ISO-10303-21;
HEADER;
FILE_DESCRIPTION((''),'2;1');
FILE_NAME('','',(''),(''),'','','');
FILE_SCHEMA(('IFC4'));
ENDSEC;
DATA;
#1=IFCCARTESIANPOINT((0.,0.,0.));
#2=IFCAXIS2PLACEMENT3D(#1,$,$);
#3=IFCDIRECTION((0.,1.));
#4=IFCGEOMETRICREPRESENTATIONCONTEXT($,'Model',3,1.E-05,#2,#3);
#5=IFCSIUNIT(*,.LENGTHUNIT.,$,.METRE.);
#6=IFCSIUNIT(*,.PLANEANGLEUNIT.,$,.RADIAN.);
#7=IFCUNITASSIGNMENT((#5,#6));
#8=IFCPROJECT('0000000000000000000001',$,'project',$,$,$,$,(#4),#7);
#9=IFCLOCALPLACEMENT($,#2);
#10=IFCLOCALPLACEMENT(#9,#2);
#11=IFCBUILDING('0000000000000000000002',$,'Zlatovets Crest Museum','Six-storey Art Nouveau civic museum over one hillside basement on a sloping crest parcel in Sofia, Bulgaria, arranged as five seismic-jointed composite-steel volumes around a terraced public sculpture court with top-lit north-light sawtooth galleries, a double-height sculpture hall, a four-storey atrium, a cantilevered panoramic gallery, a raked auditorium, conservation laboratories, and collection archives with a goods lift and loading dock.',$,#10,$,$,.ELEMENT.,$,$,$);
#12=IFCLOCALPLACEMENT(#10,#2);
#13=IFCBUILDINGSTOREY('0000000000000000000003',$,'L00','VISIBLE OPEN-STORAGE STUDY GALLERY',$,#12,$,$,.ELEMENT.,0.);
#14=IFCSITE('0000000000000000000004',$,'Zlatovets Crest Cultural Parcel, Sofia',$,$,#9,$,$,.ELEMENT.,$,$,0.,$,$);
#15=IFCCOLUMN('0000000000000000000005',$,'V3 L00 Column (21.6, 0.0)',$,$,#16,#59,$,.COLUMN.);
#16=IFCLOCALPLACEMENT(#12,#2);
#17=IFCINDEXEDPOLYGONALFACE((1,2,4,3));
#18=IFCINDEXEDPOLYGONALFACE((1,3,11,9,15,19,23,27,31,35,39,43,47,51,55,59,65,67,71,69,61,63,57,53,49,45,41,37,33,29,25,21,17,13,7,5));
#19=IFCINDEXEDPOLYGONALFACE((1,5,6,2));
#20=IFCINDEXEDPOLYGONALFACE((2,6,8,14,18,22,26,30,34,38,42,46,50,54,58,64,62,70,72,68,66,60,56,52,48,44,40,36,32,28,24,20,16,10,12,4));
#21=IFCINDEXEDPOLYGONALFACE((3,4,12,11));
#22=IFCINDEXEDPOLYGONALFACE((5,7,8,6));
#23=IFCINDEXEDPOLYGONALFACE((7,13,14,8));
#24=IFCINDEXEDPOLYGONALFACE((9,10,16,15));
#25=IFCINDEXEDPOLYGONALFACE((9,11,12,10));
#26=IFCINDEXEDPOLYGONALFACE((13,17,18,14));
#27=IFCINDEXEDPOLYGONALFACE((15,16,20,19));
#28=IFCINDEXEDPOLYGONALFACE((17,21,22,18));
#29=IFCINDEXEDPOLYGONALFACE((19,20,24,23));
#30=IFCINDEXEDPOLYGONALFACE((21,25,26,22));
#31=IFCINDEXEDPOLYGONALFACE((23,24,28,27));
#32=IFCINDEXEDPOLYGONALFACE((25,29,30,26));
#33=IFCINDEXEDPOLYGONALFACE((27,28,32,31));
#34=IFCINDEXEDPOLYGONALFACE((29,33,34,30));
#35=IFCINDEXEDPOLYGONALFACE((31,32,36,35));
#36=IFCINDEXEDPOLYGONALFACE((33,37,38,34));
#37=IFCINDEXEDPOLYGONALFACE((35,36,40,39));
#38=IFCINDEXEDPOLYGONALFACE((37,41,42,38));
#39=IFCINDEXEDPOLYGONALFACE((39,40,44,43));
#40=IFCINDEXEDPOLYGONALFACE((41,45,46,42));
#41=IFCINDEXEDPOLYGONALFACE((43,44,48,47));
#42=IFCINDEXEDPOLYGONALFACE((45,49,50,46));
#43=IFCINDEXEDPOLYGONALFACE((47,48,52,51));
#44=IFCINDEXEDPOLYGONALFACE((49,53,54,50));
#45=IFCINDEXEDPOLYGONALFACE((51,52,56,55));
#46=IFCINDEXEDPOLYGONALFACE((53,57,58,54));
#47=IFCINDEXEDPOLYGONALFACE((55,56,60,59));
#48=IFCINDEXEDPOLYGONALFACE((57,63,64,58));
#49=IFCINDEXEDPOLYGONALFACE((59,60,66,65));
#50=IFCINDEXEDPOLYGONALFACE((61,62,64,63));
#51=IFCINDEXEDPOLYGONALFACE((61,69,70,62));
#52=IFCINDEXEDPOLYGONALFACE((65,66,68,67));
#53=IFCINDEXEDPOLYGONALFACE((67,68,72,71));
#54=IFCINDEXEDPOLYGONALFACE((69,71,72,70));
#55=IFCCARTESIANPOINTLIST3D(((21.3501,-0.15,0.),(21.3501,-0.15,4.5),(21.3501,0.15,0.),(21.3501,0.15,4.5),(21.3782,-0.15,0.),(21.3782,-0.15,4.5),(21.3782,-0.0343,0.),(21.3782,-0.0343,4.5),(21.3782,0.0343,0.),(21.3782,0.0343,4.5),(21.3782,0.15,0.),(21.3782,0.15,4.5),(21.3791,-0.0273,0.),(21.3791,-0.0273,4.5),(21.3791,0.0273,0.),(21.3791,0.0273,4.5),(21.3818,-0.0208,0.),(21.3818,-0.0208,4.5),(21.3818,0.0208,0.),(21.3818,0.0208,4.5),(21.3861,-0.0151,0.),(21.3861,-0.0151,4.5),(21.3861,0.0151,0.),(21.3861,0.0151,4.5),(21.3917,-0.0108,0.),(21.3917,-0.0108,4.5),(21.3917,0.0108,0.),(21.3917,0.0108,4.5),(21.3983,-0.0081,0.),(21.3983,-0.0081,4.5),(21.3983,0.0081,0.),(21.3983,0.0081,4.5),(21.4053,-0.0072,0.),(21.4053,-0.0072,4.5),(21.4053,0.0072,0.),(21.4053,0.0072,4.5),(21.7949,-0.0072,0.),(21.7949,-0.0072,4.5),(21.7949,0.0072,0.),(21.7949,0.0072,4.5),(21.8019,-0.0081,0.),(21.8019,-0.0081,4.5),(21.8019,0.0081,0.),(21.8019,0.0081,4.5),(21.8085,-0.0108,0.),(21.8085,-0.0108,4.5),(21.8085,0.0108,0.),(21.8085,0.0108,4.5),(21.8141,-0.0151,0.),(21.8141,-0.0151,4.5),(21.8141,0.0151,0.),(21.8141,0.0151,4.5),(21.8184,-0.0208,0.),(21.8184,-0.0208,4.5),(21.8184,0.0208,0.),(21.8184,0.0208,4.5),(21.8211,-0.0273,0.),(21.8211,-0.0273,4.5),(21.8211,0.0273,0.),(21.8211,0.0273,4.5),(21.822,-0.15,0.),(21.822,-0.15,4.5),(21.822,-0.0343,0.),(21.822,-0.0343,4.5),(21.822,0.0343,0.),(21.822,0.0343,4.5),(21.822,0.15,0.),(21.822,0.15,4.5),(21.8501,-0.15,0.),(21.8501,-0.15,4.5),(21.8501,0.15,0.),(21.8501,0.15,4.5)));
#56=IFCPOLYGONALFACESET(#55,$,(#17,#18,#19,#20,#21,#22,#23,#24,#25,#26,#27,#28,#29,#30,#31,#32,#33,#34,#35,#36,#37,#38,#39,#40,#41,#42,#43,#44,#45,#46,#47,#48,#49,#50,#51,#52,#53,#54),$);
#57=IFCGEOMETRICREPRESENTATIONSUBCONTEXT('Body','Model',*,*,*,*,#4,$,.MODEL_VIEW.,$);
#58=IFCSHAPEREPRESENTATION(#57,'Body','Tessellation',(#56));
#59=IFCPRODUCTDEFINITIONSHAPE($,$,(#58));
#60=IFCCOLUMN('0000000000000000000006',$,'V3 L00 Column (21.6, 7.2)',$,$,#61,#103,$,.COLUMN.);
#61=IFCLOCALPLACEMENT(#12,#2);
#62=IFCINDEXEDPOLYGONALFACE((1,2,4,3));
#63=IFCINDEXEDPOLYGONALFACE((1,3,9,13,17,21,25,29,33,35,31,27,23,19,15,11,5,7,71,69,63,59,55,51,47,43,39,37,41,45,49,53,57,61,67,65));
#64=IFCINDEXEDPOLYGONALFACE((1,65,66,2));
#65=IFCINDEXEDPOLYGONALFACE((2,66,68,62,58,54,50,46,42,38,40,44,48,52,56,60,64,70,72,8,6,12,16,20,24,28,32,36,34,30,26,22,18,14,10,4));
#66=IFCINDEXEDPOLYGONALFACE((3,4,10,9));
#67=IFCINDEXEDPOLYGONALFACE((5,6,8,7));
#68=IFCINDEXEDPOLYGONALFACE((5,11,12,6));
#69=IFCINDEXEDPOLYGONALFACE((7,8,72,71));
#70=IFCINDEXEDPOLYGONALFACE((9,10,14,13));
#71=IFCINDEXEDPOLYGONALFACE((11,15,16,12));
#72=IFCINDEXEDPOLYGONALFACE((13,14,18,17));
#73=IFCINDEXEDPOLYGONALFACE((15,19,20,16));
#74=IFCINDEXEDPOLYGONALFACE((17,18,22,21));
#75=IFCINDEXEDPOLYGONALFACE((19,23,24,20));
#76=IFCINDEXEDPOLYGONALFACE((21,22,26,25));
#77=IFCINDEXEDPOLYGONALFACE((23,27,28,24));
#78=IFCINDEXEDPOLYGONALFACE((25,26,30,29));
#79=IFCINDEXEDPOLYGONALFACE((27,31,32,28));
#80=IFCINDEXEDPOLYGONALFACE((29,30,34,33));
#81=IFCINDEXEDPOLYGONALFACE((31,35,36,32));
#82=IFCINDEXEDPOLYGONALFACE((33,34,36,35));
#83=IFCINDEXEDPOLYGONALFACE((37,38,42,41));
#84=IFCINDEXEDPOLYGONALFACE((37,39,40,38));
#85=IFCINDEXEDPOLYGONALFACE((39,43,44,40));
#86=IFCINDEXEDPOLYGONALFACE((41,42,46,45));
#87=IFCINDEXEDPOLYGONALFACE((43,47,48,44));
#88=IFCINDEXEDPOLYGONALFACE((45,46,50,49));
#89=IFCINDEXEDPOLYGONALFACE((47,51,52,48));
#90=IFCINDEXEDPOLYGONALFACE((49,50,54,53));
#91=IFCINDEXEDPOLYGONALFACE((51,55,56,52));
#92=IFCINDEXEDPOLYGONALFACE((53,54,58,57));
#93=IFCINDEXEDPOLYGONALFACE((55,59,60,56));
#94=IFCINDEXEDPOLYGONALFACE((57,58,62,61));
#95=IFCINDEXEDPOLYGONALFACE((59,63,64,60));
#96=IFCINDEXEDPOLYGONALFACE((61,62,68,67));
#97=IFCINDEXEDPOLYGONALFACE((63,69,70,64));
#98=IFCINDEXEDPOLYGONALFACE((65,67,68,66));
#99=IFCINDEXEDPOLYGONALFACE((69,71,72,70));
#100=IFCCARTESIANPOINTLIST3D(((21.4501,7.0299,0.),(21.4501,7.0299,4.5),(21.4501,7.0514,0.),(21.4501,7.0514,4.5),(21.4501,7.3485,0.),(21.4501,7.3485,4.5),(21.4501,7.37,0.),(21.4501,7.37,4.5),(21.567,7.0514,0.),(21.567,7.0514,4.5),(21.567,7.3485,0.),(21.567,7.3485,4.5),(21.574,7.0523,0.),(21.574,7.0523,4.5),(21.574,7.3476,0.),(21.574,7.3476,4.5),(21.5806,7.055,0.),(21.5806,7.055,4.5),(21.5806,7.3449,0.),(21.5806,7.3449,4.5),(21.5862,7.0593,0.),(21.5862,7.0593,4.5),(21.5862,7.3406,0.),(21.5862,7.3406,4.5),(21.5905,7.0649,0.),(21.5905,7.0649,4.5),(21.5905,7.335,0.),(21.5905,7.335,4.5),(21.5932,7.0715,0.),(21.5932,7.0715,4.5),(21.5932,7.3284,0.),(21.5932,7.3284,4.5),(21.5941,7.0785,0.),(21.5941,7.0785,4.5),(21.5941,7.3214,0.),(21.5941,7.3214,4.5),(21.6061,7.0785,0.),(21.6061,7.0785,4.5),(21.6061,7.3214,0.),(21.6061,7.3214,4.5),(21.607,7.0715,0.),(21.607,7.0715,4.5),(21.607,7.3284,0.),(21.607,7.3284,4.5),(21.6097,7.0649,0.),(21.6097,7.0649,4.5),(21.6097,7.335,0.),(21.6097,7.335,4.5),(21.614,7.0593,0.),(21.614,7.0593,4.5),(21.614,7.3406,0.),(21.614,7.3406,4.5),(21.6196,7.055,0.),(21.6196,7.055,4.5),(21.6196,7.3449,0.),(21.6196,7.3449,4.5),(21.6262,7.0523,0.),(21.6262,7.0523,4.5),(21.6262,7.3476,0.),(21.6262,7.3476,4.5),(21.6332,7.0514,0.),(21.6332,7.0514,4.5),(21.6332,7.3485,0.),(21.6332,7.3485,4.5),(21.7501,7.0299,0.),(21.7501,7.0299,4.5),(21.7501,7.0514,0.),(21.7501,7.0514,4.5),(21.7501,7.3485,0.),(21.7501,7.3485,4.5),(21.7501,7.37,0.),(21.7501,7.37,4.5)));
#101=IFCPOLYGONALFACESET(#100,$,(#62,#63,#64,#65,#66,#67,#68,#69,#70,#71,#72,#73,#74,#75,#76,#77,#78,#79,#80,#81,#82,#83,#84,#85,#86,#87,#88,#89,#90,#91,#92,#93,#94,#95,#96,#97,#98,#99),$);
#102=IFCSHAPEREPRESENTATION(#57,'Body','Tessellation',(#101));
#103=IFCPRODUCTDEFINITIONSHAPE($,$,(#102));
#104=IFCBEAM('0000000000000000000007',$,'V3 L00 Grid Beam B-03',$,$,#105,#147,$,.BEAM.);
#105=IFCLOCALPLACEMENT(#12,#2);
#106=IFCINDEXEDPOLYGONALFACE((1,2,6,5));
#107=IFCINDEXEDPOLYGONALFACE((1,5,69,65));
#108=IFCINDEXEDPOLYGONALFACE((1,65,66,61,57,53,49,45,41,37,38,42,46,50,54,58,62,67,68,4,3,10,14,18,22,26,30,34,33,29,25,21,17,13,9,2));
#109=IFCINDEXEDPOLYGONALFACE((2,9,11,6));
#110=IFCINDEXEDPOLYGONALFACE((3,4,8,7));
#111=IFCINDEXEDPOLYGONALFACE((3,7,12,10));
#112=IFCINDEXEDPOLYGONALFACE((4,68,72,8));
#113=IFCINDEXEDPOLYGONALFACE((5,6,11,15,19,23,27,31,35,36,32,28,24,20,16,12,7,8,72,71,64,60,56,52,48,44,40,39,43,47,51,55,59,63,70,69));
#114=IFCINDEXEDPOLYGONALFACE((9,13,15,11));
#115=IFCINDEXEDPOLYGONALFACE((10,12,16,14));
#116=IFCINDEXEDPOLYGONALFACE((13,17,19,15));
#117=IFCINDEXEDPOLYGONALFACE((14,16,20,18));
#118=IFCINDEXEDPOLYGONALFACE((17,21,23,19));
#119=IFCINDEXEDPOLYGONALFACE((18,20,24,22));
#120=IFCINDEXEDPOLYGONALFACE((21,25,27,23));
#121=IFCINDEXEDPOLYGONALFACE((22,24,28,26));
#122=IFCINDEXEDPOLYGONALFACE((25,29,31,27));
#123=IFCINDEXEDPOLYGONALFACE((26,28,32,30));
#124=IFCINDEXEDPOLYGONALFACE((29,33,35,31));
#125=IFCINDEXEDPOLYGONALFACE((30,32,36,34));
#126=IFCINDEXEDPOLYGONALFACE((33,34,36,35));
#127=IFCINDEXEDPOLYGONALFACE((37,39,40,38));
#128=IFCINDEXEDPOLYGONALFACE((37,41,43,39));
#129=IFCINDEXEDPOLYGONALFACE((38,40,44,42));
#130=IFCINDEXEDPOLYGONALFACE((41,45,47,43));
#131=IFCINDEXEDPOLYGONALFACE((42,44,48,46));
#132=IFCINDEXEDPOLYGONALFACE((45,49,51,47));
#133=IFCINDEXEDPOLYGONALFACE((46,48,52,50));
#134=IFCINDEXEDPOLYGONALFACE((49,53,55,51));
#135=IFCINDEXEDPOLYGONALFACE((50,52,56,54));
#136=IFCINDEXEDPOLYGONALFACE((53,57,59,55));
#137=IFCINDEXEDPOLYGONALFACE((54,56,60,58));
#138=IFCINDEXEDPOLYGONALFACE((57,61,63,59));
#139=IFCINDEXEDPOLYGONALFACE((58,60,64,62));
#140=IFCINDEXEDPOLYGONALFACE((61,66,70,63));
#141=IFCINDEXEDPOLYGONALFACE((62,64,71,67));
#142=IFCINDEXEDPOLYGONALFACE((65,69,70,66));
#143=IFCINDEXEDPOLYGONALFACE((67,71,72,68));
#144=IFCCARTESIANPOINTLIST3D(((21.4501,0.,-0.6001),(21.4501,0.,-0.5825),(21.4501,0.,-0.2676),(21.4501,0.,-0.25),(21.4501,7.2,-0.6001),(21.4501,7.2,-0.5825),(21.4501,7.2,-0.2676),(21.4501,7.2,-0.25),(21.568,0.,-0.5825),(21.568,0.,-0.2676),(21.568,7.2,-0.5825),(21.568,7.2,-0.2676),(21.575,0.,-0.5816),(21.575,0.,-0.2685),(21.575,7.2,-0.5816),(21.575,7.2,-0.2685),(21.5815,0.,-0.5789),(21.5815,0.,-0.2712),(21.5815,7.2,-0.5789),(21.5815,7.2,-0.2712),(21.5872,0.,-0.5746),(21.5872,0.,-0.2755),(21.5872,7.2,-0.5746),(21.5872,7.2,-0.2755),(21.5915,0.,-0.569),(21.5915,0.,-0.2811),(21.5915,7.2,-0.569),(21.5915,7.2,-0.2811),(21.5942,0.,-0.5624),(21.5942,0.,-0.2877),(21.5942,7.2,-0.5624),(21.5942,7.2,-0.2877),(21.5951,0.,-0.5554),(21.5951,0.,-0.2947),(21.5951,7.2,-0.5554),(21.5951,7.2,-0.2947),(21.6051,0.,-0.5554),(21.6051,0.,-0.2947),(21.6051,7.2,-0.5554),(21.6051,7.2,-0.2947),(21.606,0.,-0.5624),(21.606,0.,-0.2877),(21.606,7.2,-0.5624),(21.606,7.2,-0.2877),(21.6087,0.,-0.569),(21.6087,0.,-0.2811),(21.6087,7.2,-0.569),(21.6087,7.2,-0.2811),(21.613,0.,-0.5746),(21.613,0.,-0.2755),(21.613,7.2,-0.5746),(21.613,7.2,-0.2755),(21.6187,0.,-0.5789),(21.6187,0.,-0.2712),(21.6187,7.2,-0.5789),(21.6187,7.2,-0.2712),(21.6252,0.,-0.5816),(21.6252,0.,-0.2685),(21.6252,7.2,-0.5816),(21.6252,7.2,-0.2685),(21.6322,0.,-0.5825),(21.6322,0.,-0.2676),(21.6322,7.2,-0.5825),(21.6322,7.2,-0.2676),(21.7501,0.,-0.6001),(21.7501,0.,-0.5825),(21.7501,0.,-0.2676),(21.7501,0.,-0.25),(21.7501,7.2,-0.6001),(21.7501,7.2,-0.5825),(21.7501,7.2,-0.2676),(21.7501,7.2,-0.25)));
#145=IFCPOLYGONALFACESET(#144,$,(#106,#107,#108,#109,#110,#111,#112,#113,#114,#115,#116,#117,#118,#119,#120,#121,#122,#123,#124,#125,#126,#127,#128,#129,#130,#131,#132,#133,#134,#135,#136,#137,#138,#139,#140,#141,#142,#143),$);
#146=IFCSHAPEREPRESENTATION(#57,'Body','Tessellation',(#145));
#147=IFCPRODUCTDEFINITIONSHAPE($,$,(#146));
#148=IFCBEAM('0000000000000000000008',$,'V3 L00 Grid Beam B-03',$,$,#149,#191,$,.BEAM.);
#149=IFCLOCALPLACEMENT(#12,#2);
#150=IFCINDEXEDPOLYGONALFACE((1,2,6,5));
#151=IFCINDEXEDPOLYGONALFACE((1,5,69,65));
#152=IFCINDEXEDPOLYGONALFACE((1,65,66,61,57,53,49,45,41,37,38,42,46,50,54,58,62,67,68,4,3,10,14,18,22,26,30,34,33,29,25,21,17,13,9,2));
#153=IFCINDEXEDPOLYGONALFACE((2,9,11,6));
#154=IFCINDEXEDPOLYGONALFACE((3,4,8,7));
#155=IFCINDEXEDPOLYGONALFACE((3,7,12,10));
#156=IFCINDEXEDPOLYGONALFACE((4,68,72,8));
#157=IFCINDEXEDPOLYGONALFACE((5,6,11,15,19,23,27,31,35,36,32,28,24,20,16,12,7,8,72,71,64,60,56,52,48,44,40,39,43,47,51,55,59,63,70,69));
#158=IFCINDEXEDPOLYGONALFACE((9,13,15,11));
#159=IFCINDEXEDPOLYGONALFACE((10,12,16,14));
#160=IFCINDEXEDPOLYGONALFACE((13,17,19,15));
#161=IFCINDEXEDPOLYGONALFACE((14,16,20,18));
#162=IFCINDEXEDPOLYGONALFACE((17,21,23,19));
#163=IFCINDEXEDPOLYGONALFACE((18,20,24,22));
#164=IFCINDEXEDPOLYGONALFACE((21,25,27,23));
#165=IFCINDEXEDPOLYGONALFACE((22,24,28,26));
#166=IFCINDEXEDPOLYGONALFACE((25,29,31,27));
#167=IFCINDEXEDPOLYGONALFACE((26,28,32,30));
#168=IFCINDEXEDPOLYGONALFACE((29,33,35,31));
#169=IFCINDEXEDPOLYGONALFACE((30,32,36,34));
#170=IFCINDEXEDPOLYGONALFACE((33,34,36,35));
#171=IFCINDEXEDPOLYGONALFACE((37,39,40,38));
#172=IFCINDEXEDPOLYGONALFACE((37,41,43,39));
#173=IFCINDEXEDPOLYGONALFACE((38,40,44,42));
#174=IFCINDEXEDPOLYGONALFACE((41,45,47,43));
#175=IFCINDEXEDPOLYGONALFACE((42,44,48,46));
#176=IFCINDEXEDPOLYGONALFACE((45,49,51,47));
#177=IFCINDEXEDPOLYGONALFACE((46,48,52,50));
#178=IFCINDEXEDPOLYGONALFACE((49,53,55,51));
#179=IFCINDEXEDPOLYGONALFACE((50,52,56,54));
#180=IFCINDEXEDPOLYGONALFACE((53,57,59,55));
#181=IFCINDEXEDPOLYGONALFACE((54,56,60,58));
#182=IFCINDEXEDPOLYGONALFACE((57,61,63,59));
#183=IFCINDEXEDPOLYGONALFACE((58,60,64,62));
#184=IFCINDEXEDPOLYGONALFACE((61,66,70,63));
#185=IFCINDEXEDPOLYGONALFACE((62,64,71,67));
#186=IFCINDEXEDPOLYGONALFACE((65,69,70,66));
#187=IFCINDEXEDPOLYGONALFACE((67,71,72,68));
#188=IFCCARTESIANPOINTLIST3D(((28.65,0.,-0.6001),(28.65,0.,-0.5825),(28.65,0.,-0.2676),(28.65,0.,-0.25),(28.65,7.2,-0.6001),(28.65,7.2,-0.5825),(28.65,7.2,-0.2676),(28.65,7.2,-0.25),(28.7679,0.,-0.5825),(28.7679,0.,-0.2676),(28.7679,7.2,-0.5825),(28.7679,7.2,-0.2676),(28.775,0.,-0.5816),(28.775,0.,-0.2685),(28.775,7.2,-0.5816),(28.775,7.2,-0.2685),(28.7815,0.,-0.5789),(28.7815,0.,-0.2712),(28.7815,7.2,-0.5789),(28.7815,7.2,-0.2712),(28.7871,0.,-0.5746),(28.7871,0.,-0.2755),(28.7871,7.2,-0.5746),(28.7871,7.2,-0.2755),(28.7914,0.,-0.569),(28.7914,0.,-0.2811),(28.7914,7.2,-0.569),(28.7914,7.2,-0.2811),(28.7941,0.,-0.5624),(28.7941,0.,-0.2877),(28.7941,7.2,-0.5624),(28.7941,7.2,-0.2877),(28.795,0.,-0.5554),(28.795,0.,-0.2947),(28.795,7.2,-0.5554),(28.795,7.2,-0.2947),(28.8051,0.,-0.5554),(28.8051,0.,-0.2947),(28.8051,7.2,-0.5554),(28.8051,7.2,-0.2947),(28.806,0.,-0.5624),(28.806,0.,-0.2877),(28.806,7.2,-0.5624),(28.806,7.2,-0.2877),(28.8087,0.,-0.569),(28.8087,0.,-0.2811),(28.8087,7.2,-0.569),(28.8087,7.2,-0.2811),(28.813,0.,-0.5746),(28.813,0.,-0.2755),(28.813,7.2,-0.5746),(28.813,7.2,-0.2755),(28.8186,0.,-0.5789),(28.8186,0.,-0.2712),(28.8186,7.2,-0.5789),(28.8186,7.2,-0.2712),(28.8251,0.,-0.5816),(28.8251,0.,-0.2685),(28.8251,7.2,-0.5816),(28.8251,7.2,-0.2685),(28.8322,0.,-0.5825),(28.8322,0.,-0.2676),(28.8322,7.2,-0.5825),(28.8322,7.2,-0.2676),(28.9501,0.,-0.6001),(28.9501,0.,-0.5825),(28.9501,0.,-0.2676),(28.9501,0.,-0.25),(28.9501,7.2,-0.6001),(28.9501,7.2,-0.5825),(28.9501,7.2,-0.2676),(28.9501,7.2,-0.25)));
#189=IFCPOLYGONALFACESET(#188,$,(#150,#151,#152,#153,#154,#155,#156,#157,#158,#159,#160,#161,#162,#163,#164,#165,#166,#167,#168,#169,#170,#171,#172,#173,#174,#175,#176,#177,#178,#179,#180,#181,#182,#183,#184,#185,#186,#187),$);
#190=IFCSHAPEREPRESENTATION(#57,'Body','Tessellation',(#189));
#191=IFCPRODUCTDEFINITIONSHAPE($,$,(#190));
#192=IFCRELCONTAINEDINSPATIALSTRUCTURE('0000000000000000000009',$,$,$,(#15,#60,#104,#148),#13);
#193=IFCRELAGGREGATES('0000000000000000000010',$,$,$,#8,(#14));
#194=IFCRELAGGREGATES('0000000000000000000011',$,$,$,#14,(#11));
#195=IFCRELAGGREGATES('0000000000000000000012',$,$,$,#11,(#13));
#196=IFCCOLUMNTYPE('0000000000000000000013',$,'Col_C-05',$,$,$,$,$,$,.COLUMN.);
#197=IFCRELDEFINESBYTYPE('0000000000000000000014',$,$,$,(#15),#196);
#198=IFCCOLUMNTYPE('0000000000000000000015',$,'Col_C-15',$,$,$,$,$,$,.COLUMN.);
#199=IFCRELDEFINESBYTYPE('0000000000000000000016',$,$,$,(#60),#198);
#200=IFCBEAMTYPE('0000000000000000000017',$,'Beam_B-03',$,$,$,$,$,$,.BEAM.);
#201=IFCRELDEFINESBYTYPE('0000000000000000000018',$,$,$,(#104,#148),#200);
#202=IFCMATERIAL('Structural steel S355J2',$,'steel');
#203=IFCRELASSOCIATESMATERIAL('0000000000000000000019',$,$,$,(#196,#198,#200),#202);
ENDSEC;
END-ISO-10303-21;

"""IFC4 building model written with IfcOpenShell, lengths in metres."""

from ifc_helpers import new_model, si_unit, direction, frame, origin, origin_2d, place, context, subcontext, project, spatial, i_section, extrude, material, material_profile, profile_set, type_object, element, save


model = new_model("IFC4")

# Units and contexts
model_context = context("Model", 3, precision=1e-05, world=origin(), true_north=direction((0.0, 1.0)))
body_context = subcontext(model_context, "Body", "Model", "MODEL_VIEW")
ifc_project = project(units=[si_unit("LENGTHUNIT", "METRE"), si_unit("PLANEANGLEUNIT", "RADIAN")], contexts=[model_context])

# Site, building, storey
site_placement = place(None, origin())
site = spatial("IfcSite", under=ifc_project, at=site_placement, Name="Zlatovets Crest Cultural Parcel, Sofia", CompositionType="ELEMENT", RefElevation=0.0)
building_placement = place(site_placement, origin())
building = spatial("IfcBuilding", under=site, at=building_placement, Name="Zlatovets Crest Museum", Description="Six-storey Art Nouveau civic museum over one hillside basement on a sloping crest parcel in Sofia, Bulgaria, arranged as five seismic-jointed composite-steel volumes around a terraced public sculpture court with top-lit north-light sawtooth galleries, a double-height sculpture hall, a four-storey atrium, a cantilevered panoramic gallery, a raked auditorium, conservation laboratories, and collection archives with a goods lift and loading dock.", CompositionType="ELEMENT")
storey_placement = place(building_placement, origin())
storey = spatial("IfcBuildingStorey", under=building, at=storey_placement, Name="L00", Description="VISIBLE OPEN-STORAGE STUDY GALLERY", CompositionType="ELEMENT", Elevation=0.0)

# Columns
ifc_material_1 = material(Name="Structural steel S355J2", Category="steel")
ifc_material_profile_1 = material_profile(ifc_material_1, i_section(OverallWidth=0.3, OverallDepth=0.5, WebThickness=0.0144, FlangeThickness=0.0281, FilletRadius=0.0271, at=origin_2d()), Name="HEB 500")
ifc_profile_set_1 = profile_set([ifc_material_profile_1], Name="Structural steel S355J2")
column_type_1 = type_object("IfcColumnType", Name="Col_C-05", PredefinedType="COLUMN", material=ifc_profile_set_1)
column_1_placement = place(storey_placement, frame((21.6001, 0.0, 0.0), z_axis=(0.0, 0.0, 1.0), x_axis=(0.0, 1.0, 0.0)))
element("IfcColumn", 1, at=column_1_placement, inside=storey, type_object=column_type_1, Name="V3 L00 Column (21.6, 0.0)", PredefinedType="COLUMN", context=body_context, shape_type="SweptSolid", body=[
    extrude(i_section(OverallWidth=0.3, OverallDepth=0.5, WebThickness=0.0144, FlangeThickness=0.0281, FilletRadius=0.0271, at=origin_2d()), origin(), (0.0, 0.0, 1.0), 4.5),
])
ifc_material_profile_2 = material_profile(ifc_material_1, i_section(OverallWidth=0.3, OverallDepth=0.3401, WebThickness=0.012, FlangeThickness=0.0215, FilletRadius=0.0271, at=origin_2d()), Name="HEB 340")
ifc_profile_set_2 = profile_set([ifc_material_profile_2], Name="Structural steel S355J2")
column_type_2 = type_object("IfcColumnType", Name="Col_C-15", PredefinedType="COLUMN", material=ifc_profile_set_2)
column_2_placement = place(storey_placement, frame((21.6001, 7.2, 0.0), z_axis=(0.0, 0.0, 1.0), x_axis=(1.0, 0.0, 0.0)))
element("IfcColumn", 2, at=column_2_placement, inside=storey, type_object=column_type_2, Name="V3 L00 Column (21.6, 7.2)", PredefinedType="COLUMN", context=body_context, shape_type="SweptSolid", body=[
    extrude(i_section(OverallWidth=0.3, OverallDepth=0.3401, WebThickness=0.012, FlangeThickness=0.0215, FilletRadius=0.0271, at=origin_2d()), origin(), (0.0, 0.0, 1.0), 4.5),
])

# Beams
ifc_material_profile_3 = material_profile(ifc_material_1, i_section(OverallWidth=0.3, OverallDepth=0.3501, WebThickness=0.01, FlangeThickness=0.0176, FilletRadius=0.0271, at=origin_2d()), Name="HEA 360")
ifc_profile_set_3 = profile_set([ifc_material_profile_3], Name="Structural steel S355J2")
beam_type_1 = type_object("IfcBeamType", Name="Beam_B-03", PredefinedType="BEAM", material=ifc_profile_set_3)
for number, where, z_axis, x_axis, name in (
    (3, (21.6001, 0.0, -0.425), (0.0, 1.0, 0.0), (-1.0, 0.0, 0.0), "V3 L00 Grid Beam B-03"),
    (4, (28.8, 0.0, -0.425), (0.0, 1.0, 0.0), (-1.0, 0.0, 0.0), "V3 L00 Grid Beam B-03"),
):
    element("IfcBeam", number, at=place(storey_placement, frame(where, z_axis=z_axis, x_axis=x_axis)), inside=storey, type_object=beam_type_1, Name=name, PredefinedType="BEAM", context=body_context, shape_type="SweptSolid", body=[
        extrude(i_section(OverallWidth=0.3, OverallDepth=0.3501, WebThickness=0.01, FlangeThickness=0.0176, FilletRadius=0.0271, at=origin_2d()), origin(), (0.0, 0.0, 1.0), 7.2),
    ])

save(model, "model.ifc")
